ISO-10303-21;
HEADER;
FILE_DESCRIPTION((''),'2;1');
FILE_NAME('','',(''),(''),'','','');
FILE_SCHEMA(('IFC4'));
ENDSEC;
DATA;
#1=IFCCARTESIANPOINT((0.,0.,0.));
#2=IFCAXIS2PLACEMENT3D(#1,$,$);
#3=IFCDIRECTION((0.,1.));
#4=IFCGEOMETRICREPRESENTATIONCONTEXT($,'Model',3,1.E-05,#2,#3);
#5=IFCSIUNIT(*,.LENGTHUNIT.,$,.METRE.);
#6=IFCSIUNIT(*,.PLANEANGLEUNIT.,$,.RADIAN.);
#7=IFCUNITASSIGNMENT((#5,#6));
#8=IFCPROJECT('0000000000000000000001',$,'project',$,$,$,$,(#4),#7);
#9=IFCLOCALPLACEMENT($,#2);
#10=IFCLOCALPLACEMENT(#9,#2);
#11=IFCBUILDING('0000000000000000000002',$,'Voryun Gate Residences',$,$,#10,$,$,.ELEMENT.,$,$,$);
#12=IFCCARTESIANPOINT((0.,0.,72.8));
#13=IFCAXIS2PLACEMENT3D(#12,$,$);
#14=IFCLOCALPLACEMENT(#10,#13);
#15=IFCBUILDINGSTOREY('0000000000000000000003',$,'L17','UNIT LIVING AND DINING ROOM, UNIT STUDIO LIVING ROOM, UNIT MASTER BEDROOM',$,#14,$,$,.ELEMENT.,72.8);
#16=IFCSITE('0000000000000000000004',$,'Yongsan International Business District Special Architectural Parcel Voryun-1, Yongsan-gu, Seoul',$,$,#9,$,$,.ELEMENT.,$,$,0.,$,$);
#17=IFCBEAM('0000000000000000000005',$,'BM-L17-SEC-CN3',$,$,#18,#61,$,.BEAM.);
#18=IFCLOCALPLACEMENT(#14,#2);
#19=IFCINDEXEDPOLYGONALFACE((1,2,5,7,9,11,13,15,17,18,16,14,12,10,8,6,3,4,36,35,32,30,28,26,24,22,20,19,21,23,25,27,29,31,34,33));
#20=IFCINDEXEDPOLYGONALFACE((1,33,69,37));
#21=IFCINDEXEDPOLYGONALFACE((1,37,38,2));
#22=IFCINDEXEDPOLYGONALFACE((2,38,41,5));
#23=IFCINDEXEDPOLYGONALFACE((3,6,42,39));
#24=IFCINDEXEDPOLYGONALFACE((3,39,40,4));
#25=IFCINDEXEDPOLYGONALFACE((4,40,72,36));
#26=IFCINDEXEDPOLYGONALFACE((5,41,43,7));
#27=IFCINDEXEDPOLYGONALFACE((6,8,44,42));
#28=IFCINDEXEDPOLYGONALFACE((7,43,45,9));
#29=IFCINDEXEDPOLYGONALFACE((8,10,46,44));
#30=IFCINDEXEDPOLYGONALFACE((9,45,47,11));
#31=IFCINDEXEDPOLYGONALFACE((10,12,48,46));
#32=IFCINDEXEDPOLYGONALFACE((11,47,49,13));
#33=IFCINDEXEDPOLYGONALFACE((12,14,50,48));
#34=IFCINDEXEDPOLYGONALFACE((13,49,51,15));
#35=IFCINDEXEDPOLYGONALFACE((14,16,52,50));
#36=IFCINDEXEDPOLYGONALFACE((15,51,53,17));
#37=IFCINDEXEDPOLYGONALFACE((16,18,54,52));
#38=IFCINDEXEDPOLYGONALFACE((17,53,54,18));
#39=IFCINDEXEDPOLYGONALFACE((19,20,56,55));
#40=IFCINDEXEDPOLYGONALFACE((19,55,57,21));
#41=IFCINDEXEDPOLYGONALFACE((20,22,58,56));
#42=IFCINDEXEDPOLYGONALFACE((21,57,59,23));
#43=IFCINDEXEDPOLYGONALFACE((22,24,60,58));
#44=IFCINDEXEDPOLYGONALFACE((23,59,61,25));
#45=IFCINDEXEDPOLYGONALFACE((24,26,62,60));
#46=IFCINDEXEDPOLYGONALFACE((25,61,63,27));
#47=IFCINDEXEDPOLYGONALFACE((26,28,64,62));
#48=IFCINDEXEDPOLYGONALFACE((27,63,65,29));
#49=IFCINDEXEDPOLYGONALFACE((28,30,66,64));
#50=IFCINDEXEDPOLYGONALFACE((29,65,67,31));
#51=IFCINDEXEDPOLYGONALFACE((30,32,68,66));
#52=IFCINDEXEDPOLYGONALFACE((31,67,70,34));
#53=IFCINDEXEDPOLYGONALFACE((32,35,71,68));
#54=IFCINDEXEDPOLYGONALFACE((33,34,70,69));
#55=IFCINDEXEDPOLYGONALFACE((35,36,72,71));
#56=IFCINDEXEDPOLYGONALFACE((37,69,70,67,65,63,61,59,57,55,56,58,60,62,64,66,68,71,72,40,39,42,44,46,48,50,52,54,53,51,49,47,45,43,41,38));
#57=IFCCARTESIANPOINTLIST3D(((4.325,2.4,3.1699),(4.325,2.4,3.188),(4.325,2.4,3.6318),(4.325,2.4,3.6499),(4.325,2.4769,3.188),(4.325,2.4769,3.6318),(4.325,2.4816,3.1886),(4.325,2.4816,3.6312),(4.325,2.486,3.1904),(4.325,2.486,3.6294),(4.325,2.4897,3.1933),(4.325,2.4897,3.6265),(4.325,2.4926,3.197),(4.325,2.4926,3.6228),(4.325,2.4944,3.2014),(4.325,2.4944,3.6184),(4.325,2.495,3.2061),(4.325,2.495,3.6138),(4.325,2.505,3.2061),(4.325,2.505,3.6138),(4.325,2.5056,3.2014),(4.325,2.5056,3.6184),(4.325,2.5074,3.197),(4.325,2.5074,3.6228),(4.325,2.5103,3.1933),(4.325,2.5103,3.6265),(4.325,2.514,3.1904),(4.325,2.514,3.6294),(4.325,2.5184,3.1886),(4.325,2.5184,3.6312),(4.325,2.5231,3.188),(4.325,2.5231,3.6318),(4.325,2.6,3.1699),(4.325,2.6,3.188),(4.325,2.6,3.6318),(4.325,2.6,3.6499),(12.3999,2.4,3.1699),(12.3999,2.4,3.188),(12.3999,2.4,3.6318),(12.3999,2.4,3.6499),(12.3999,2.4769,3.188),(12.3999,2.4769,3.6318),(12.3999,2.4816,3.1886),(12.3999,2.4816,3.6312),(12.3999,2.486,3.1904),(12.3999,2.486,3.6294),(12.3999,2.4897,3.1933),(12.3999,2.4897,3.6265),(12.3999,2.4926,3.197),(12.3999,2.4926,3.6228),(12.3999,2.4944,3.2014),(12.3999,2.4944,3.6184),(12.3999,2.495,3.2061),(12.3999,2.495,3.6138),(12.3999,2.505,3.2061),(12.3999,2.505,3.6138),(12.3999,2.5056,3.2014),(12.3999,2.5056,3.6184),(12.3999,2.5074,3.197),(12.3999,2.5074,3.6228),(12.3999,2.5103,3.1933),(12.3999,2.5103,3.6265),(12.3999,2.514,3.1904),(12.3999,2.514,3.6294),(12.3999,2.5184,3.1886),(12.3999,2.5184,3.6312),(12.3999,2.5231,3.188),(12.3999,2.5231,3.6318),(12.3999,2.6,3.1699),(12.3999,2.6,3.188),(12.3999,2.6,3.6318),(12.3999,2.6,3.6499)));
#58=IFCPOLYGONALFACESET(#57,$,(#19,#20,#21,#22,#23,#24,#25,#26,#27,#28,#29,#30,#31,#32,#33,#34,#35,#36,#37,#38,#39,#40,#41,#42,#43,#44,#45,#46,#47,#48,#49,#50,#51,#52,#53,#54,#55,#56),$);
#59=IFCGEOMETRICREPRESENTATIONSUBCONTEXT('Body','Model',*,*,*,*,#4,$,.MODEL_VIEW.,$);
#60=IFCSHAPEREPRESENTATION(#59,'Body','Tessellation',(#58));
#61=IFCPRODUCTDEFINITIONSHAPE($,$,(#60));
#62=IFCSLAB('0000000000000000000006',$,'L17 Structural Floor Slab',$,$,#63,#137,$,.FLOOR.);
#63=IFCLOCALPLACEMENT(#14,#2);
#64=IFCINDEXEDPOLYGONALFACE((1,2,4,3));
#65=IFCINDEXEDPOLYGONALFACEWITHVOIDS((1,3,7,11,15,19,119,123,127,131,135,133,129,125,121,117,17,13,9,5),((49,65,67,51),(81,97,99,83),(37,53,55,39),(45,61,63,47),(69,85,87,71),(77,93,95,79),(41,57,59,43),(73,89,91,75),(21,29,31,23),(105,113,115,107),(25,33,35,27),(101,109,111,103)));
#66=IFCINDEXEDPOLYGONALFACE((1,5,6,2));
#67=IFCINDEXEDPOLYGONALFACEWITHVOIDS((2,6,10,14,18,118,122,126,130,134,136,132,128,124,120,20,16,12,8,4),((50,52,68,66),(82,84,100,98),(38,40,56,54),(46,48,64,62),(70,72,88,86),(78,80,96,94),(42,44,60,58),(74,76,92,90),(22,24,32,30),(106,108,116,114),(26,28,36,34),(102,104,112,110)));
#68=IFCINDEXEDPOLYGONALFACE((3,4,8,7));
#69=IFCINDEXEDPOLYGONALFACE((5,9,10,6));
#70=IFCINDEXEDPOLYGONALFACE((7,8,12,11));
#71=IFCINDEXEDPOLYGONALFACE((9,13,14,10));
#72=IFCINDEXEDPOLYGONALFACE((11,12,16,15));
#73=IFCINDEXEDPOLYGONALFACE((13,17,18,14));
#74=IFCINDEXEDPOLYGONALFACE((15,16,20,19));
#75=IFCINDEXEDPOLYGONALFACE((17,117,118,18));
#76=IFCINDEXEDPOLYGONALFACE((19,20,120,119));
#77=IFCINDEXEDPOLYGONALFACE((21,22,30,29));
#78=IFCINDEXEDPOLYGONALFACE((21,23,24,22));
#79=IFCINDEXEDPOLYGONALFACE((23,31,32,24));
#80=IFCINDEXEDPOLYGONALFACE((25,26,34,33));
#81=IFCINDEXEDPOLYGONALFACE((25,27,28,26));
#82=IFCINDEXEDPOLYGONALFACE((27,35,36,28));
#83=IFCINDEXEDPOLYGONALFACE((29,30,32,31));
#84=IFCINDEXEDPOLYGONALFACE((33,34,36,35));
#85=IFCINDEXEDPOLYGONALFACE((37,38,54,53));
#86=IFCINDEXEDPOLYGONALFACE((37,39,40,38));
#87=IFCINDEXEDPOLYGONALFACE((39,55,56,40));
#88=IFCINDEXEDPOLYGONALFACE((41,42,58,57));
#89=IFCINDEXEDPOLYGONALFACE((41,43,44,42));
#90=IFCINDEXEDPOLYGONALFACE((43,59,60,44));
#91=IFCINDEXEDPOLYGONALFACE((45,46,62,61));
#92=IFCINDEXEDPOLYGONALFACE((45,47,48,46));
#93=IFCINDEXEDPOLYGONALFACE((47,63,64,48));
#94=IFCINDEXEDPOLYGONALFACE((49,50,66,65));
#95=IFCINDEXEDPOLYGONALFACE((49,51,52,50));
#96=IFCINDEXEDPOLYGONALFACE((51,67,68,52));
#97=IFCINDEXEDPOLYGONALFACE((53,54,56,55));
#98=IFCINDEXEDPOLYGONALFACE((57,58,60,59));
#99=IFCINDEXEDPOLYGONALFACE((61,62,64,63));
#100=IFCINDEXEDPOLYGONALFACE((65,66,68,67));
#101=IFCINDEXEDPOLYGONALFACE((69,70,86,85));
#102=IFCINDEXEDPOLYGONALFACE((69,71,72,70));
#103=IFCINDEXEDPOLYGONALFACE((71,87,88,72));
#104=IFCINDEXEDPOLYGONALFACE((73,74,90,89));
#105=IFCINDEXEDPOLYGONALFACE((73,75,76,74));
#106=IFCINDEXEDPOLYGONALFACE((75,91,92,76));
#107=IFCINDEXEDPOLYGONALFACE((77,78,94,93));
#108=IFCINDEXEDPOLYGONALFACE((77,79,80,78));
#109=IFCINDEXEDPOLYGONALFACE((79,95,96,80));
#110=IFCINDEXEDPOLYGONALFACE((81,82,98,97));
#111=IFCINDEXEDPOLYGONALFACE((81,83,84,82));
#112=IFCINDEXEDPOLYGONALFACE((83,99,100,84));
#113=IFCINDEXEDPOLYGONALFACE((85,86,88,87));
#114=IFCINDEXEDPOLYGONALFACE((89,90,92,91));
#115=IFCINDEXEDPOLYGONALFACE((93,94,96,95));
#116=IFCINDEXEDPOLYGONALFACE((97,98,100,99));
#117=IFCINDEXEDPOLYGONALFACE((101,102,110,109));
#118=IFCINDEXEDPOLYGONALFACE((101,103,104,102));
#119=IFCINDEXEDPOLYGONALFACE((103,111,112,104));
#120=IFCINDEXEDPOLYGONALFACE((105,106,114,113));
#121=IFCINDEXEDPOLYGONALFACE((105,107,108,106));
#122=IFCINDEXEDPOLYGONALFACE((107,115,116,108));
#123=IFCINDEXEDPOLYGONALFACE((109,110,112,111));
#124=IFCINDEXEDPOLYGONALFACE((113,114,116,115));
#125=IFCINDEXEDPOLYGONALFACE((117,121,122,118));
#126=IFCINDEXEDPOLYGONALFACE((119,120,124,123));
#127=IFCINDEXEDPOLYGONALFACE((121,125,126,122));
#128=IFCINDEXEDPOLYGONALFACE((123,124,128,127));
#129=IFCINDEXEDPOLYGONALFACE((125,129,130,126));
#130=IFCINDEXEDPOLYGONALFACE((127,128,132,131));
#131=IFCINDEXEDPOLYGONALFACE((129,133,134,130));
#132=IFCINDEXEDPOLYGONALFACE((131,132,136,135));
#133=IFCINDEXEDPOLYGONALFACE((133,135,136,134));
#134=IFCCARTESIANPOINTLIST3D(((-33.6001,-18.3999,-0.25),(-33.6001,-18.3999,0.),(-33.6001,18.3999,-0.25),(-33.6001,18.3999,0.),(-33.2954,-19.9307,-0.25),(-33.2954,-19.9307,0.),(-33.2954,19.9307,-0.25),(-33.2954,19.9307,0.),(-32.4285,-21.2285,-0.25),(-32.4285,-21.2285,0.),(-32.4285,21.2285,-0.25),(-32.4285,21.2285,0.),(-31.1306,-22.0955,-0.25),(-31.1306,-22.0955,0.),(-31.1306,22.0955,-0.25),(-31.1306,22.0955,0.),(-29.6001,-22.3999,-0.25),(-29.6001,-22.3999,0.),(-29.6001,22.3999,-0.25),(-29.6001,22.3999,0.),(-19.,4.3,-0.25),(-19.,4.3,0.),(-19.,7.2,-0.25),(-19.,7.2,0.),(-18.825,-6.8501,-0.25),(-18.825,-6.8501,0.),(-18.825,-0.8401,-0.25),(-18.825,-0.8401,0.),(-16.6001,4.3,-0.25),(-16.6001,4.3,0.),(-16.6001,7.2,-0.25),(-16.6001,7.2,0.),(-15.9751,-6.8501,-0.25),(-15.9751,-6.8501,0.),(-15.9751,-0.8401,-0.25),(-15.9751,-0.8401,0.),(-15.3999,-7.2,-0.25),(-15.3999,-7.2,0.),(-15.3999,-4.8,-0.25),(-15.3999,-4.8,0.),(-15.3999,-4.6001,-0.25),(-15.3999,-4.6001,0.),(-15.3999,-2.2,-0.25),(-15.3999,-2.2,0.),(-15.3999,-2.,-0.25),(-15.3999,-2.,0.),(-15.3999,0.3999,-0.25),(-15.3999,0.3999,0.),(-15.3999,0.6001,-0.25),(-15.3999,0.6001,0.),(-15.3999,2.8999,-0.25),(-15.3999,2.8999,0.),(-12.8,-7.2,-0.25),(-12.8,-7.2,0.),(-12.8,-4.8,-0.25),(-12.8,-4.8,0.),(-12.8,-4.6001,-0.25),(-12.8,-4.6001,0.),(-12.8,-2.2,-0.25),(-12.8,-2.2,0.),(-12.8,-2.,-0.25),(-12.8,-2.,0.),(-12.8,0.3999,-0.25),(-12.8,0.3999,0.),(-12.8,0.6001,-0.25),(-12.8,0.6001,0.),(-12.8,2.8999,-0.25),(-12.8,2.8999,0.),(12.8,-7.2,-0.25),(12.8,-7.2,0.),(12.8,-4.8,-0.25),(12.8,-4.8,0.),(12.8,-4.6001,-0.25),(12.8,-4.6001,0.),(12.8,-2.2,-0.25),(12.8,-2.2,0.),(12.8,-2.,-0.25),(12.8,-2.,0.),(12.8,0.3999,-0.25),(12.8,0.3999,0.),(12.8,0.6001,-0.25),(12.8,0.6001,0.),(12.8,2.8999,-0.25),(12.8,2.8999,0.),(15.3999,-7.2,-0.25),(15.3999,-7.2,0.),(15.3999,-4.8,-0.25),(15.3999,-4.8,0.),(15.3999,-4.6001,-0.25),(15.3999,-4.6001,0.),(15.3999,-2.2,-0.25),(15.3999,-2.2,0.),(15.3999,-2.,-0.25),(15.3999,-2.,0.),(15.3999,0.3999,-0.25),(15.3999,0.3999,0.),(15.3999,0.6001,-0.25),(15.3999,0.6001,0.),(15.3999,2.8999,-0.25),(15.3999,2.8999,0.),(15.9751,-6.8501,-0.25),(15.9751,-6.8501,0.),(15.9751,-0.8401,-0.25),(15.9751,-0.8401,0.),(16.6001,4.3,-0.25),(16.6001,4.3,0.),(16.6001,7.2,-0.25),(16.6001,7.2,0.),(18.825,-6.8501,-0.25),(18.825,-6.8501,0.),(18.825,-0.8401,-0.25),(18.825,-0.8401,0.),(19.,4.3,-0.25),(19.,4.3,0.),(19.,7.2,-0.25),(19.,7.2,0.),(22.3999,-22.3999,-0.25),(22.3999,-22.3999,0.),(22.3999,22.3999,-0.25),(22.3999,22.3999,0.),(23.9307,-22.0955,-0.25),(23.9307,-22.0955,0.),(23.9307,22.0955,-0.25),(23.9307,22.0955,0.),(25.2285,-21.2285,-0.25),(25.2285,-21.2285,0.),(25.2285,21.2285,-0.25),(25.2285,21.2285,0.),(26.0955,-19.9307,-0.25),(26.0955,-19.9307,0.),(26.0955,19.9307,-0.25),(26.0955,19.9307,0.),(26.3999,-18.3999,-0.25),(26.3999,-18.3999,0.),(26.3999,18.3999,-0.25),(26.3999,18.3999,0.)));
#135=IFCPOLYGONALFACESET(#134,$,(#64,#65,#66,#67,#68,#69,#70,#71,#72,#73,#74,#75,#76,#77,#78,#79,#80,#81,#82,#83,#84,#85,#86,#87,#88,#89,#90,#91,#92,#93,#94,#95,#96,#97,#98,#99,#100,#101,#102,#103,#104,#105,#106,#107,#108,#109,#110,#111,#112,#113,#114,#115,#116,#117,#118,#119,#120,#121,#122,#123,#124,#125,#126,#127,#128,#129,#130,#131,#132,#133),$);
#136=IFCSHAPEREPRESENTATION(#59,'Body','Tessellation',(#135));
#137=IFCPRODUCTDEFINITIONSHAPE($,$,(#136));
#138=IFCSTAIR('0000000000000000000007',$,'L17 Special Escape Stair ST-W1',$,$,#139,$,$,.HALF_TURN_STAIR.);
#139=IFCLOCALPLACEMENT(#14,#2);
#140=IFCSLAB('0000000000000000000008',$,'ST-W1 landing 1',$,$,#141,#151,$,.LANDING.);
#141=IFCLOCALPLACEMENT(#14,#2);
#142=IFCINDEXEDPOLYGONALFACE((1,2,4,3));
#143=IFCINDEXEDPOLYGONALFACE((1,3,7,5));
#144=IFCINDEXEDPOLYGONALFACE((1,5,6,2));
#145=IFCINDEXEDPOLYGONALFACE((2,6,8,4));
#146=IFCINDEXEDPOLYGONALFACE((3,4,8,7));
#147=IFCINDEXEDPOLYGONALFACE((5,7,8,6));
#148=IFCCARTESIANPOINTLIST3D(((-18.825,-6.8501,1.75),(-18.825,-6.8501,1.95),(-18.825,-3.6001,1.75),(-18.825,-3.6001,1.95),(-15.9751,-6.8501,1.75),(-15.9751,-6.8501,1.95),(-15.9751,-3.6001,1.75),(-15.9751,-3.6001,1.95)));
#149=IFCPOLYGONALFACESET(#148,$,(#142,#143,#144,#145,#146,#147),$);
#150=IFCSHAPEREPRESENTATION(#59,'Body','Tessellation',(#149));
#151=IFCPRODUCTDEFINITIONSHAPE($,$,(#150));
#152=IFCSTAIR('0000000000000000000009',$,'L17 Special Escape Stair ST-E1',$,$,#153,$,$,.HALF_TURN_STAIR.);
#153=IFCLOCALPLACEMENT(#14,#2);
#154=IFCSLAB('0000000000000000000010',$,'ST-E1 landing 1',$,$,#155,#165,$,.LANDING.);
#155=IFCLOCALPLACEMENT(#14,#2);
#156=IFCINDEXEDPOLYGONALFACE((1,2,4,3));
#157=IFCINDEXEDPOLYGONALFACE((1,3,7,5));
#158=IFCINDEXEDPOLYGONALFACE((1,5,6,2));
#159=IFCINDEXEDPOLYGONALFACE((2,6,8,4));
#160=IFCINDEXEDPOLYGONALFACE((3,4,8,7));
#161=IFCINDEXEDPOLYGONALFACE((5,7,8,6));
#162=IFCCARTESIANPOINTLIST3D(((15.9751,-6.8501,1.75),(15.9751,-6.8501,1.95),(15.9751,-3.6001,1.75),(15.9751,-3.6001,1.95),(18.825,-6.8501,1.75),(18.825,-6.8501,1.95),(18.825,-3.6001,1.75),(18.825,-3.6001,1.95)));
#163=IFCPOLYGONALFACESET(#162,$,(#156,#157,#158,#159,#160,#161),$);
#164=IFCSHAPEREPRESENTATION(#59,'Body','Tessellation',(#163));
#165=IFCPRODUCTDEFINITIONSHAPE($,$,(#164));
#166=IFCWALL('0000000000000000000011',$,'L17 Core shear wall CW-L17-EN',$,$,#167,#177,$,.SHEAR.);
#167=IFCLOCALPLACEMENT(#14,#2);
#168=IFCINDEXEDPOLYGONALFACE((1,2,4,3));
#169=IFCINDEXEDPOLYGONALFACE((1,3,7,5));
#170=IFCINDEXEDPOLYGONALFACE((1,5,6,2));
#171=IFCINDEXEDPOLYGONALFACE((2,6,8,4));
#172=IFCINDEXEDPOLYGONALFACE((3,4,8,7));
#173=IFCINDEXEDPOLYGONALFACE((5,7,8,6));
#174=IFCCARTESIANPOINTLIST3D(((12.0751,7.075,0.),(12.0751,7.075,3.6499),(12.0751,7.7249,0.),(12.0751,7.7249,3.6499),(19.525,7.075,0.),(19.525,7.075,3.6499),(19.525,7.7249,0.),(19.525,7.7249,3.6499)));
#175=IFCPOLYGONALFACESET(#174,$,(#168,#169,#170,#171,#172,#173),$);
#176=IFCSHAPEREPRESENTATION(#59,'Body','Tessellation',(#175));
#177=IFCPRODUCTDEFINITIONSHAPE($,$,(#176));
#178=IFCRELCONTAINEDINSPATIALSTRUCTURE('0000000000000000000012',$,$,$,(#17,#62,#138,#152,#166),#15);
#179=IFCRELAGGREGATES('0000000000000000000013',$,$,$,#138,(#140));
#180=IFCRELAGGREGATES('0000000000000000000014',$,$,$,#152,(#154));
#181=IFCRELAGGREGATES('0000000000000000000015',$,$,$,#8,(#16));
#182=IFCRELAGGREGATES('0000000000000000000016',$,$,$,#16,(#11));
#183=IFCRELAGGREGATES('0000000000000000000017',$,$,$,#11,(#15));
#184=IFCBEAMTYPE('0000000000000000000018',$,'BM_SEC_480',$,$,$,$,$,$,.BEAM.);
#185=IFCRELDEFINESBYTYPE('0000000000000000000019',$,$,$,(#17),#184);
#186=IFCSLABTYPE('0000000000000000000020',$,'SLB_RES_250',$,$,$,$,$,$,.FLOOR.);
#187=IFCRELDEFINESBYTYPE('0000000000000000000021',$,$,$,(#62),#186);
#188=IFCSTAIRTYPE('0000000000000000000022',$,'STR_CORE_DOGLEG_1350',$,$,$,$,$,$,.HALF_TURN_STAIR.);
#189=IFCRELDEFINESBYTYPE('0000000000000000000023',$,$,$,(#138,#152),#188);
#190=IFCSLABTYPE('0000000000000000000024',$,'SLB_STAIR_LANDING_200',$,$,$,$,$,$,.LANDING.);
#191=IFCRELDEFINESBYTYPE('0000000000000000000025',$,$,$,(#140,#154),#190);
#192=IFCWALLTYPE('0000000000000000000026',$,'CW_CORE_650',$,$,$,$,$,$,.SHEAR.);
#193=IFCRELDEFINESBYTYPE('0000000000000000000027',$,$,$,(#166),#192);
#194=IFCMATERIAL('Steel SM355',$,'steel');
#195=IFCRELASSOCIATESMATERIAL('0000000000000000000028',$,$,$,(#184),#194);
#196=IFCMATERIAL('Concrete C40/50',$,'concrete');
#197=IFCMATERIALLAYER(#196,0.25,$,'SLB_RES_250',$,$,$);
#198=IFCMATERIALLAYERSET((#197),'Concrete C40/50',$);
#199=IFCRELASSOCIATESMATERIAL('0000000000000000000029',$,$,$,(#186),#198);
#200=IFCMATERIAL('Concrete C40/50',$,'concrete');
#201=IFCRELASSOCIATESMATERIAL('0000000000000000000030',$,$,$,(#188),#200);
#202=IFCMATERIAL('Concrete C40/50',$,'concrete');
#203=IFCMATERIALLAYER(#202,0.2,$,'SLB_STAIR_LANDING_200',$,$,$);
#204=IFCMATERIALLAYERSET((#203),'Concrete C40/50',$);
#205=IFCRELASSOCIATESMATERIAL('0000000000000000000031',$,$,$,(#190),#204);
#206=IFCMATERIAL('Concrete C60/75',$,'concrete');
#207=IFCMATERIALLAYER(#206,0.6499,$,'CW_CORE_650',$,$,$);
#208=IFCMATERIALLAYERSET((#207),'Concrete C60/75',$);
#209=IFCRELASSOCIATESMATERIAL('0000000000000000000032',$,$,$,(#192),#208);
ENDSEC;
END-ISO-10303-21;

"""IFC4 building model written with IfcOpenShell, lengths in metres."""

from ifc_helpers import new_model, si_unit, direction, frame, frame_2d, origin, origin_2d, place, context, subcontext, project, spatial, polyline, rectangle, i_section, outline, extrude, material, layer, layer_set, material_profile, profile_set, type_object, element, aggregate, save


model = new_model("IFC4")

# Units and contexts
model_context = context("Model", 3, precision=1e-05, world=origin(), true_north=direction((0.0, 1.0)))
body_context = subcontext(model_context, "Body", "Model", "MODEL_VIEW")
ifc_project = project(units=[si_unit("LENGTHUNIT", "METRE"), si_unit("PLANEANGLEUNIT", "RADIAN")], contexts=[model_context])

# Site, building, storey
site_placement = place(None, origin())
site = spatial("IfcSite", under=ifc_project, at=site_placement, Name="Yongsan International Business District Special Architectural Parcel Voryun-1, Yongsan-gu, Seoul", CompositionType="ELEMENT", RefElevation=0.0)
building_placement = place(site_placement, origin())
building = spatial("IfcBuilding", under=site, at=building_placement, Name="Voryun Gate Residences", CompositionType="ELEMENT")
storey_placement = place(building_placement, frame((0.0, 0.0, 72.8)))
storey = spatial("IfcBuildingStorey", under=building, at=storey_placement, Name="L17", Description="UNIT LIVING AND DINING ROOM, UNIT STUDIO LIVING ROOM, UNIT MASTER BEDROOM", CompositionType="ELEMENT", Elevation=72.8)

# Beam
ifc_material_1 = material(Name="Steel SM355", Category="steel")
ifc_material_profile_1 = material_profile(ifc_material_1, i_section(OverallWidth=0.2, OverallDepth=0.48, WebThickness=0.01, FlangeThickness=0.0181, FilletRadius=0.0181, at=origin_2d()), Name="H-480x200x10x18")
ifc_profile_set_1 = profile_set([ifc_material_profile_1], Name="Steel SM355")
beam_type_1 = type_object("IfcBeamType", Name="BM_SEC_480", PredefinedType="BEAM", material=ifc_profile_set_1)
beam_1_placement = place(storey_placement, frame((4.325, 2.5, 3.4099), z_axis=(1.0, 0.0, 0.0), x_axis=(0.0, 1.0, 0.0)))
element("IfcBeam", 1, at=beam_1_placement, inside=storey, type_object=beam_type_1, Name="BM-L17-SEC-CN3", PredefinedType="BEAM", context=body_context, shape_type="SweptSolid", body=[
    extrude(i_section(OverallWidth=0.2, OverallDepth=0.48, WebThickness=0.01, FlangeThickness=0.0181, FilletRadius=0.0181, at=origin_2d()), origin(), (0.0, 0.0, 1.0), 8.075),
])

# Slab
ifc_material_2 = material(Name="Concrete C40/50", Category="concrete")
ifc_layer_1 = layer(ifc_material_2, 0.25, Name="SLB_RES_250")
ifc_layer_set_1 = layer_set([ifc_layer_1], Name="Concrete C40/50")
slab_type_1 = type_object("IfcSlabType", Name="SLB_RES_250", PredefinedType="FLOOR", material=ifc_layer_set_1)
slab_1_placement = place(storey_placement, frame((0.0, 0.0, -0.25)))
element("IfcSlab", 2, at=slab_1_placement, inside=storey, type_object=slab_type_1, Name="L17 Structural Floor Slab", PredefinedType="FLOOR", context=body_context, shape_type="SweptSolid", body=[
    extrude(outline(polyline([(-29.6001, -22.3999), (-31.1306, -22.0955), (-32.4285, -21.2285), (-33.2954, -19.9307), (-33.6001, -18.3999), (-33.6001, 18.3999), (-33.2954, 19.9307), (-32.4285, 21.2285), (-31.1306, 22.0955), (-29.6001, 22.3999), (22.3999, 22.3999), (23.9307, 22.0955), (25.2285, 21.2285), (26.0955, 19.9307), (26.3999, 18.3999), (26.3999, -18.3999), (26.0955, -19.9307), (25.2285, -21.2285), (23.9307, -22.0955), (22.3999, -22.3999), (-29.6001, -22.3999)]), holes=[polyline([(-12.8, -4.8), (-15.3999, -4.8), (-15.3999, -7.2), (-12.8, -7.2), (-12.8, -4.8)]), polyline([(-18.825, -6.8501), (-15.9751, -6.8501), (-15.9751, -0.8401), (-18.825, -0.8401), (-18.825, -6.8501)]), polyline([(-12.8, -4.6001), (-12.8, -2.2), (-15.3999, -2.2), (-15.3999, -4.6001), (-12.8, -4.6001)]), polyline([(-12.8, 0.3999), (-15.3999, 0.3999), (-15.3999, -2.0), (-12.8, -2.0), (-12.8, 0.3999)]), polyline([(-12.8, 0.6001), (-12.8, 2.8999), (-15.3999, 2.8999), (-15.3999, 0.6001), (-12.8, 0.6001)]), polyline([(-16.6001, 4.3), (-16.6001, 7.2), (-19.0, 7.2), (-19.0, 4.3), (-16.6001, 4.3)]), polyline([(15.3999, -4.8), (12.8, -4.8), (12.8, -7.2), (15.3999, -7.2), (15.3999, -4.8)]), polyline([(15.9751, -6.8501), (18.825, -6.8501), (18.825, -0.8401), (15.9751, -0.8401), (15.9751, -6.8501)]), polyline([(15.3999, -4.6001), (15.3999, -2.2), (12.8, -2.2), (12.8, -4.6001), (15.3999, -4.6001)]), polyline([(15.3999, 0.3999), (12.8, 0.3999), (12.8, -2.0), (15.3999, -2.0), (15.3999, 0.3999)]), polyline([(15.3999, 0.6001), (15.3999, 2.8999), (12.8, 2.8999), (12.8, 0.6001), (15.3999, 0.6001)]), polyline([(19.0, 4.3), (19.0, 7.2), (16.6001, 7.2), (16.6001, 4.3), (19.0, 4.3)])]), origin(), (0.0, 0.0, 1.0), 0.25),
])

# Stairs, slabs
ifc_material_3 = material(Name="Concrete C40/50", Category="concrete")
stair_type = type_object("IfcStairType", Name="STR_CORE_DOGLEG_1350", PredefinedType="HALF_TURN_STAIR", material=ifc_material_3)
stair_1_placement = place(storey_placement, origin())
stair_1 = element("IfcStair", 3, at=stair_1_placement, inside=storey, type_object=stair_type, Name="L17 Special Escape Stair ST-W1", PredefinedType="HALF_TURN_STAIR")
ifc_material_4 = material(Name="Concrete C40/50", Category="concrete")
ifc_layer_2 = layer(ifc_material_4, 0.2, Name="SLB_STAIR_LANDING_200")
ifc_layer_set_2 = layer_set([ifc_layer_2], Name="Concrete C40/50")
slab_type_2 = type_object("IfcSlabType", Name="SLB_STAIR_LANDING_200", PredefinedType="LANDING", material=ifc_layer_set_2)
slab_2_placement = place(storey_placement, frame((0.0, 0.0, 1.75)))
slab_2 = element("IfcSlab", 4, at=slab_2_placement, type_object=slab_type_2, Name="ST-W1 landing 1", PredefinedType="LANDING", context=body_context, shape_type="SweptSolid", body=[
    extrude(outline(polyline([(-18.825, -3.6001), (-18.825, -6.8501), (-15.9751, -6.8501), (-15.9751, -3.6001), (-18.825, -3.6001)])), origin(), (0.0, 0.0, 1.0), 0.2),
])
aggregate(stair_1, [slab_2])
stair_2_placement = place(storey_placement, origin())
stair_2 = element("IfcStair", 5, at=stair_2_placement, inside=storey, type_object=stair_type, Name="L17 Special Escape Stair ST-E1", PredefinedType="HALF_TURN_STAIR")
slab_3_placement = place(storey_placement, frame((0.0, 0.0, 1.75)))
slab_3 = element("IfcSlab", 6, at=slab_3_placement, type_object=slab_type_2, Name="ST-E1 landing 1", PredefinedType="LANDING", context=body_context, shape_type="SweptSolid", body=[
    extrude(outline(polyline([(15.9751, -3.6001), (15.9751, -6.8501), (18.825, -6.8501), (18.825, -3.6001), (15.9751, -3.6001)])), origin(), (0.0, 0.0, 1.0), 0.2),
])
aggregate(stair_2, [slab_3])

# Wall
ifc_material_5 = material(Name="Concrete C60/75", Category="concrete")
ifc_layer_3 = layer(ifc_material_5, 0.6499, Name="CW_CORE_650")
ifc_layer_set_3 = layer_set([ifc_layer_3], Name="Concrete C60/75")
wall_type_1 = type_object("IfcWallType", Name="CW_CORE_650", PredefinedType="SHEAR", material=ifc_layer_set_3)
wall_1_placement = place(storey_placement, frame((12.075, 7.3999, 0.0), z_axis=(0.0, 0.0, 1.0), x_axis=(1.0, 0.0, 0.0)))
element("IfcWall", 7, at=wall_1_placement, inside=storey, type_object=wall_type_1, Name="L17 Core shear wall CW-L17-EN", PredefinedType="SHEAR", context=body_context, shape_type="SweptSolid", body=[
    extrude(rectangle(XDim=7.45, YDim=0.6499, at=frame_2d((3.7251, 0.0))), origin(), (0.0, 0.0, 1.0), 3.6499),
])

save(model, "model.ifc")
